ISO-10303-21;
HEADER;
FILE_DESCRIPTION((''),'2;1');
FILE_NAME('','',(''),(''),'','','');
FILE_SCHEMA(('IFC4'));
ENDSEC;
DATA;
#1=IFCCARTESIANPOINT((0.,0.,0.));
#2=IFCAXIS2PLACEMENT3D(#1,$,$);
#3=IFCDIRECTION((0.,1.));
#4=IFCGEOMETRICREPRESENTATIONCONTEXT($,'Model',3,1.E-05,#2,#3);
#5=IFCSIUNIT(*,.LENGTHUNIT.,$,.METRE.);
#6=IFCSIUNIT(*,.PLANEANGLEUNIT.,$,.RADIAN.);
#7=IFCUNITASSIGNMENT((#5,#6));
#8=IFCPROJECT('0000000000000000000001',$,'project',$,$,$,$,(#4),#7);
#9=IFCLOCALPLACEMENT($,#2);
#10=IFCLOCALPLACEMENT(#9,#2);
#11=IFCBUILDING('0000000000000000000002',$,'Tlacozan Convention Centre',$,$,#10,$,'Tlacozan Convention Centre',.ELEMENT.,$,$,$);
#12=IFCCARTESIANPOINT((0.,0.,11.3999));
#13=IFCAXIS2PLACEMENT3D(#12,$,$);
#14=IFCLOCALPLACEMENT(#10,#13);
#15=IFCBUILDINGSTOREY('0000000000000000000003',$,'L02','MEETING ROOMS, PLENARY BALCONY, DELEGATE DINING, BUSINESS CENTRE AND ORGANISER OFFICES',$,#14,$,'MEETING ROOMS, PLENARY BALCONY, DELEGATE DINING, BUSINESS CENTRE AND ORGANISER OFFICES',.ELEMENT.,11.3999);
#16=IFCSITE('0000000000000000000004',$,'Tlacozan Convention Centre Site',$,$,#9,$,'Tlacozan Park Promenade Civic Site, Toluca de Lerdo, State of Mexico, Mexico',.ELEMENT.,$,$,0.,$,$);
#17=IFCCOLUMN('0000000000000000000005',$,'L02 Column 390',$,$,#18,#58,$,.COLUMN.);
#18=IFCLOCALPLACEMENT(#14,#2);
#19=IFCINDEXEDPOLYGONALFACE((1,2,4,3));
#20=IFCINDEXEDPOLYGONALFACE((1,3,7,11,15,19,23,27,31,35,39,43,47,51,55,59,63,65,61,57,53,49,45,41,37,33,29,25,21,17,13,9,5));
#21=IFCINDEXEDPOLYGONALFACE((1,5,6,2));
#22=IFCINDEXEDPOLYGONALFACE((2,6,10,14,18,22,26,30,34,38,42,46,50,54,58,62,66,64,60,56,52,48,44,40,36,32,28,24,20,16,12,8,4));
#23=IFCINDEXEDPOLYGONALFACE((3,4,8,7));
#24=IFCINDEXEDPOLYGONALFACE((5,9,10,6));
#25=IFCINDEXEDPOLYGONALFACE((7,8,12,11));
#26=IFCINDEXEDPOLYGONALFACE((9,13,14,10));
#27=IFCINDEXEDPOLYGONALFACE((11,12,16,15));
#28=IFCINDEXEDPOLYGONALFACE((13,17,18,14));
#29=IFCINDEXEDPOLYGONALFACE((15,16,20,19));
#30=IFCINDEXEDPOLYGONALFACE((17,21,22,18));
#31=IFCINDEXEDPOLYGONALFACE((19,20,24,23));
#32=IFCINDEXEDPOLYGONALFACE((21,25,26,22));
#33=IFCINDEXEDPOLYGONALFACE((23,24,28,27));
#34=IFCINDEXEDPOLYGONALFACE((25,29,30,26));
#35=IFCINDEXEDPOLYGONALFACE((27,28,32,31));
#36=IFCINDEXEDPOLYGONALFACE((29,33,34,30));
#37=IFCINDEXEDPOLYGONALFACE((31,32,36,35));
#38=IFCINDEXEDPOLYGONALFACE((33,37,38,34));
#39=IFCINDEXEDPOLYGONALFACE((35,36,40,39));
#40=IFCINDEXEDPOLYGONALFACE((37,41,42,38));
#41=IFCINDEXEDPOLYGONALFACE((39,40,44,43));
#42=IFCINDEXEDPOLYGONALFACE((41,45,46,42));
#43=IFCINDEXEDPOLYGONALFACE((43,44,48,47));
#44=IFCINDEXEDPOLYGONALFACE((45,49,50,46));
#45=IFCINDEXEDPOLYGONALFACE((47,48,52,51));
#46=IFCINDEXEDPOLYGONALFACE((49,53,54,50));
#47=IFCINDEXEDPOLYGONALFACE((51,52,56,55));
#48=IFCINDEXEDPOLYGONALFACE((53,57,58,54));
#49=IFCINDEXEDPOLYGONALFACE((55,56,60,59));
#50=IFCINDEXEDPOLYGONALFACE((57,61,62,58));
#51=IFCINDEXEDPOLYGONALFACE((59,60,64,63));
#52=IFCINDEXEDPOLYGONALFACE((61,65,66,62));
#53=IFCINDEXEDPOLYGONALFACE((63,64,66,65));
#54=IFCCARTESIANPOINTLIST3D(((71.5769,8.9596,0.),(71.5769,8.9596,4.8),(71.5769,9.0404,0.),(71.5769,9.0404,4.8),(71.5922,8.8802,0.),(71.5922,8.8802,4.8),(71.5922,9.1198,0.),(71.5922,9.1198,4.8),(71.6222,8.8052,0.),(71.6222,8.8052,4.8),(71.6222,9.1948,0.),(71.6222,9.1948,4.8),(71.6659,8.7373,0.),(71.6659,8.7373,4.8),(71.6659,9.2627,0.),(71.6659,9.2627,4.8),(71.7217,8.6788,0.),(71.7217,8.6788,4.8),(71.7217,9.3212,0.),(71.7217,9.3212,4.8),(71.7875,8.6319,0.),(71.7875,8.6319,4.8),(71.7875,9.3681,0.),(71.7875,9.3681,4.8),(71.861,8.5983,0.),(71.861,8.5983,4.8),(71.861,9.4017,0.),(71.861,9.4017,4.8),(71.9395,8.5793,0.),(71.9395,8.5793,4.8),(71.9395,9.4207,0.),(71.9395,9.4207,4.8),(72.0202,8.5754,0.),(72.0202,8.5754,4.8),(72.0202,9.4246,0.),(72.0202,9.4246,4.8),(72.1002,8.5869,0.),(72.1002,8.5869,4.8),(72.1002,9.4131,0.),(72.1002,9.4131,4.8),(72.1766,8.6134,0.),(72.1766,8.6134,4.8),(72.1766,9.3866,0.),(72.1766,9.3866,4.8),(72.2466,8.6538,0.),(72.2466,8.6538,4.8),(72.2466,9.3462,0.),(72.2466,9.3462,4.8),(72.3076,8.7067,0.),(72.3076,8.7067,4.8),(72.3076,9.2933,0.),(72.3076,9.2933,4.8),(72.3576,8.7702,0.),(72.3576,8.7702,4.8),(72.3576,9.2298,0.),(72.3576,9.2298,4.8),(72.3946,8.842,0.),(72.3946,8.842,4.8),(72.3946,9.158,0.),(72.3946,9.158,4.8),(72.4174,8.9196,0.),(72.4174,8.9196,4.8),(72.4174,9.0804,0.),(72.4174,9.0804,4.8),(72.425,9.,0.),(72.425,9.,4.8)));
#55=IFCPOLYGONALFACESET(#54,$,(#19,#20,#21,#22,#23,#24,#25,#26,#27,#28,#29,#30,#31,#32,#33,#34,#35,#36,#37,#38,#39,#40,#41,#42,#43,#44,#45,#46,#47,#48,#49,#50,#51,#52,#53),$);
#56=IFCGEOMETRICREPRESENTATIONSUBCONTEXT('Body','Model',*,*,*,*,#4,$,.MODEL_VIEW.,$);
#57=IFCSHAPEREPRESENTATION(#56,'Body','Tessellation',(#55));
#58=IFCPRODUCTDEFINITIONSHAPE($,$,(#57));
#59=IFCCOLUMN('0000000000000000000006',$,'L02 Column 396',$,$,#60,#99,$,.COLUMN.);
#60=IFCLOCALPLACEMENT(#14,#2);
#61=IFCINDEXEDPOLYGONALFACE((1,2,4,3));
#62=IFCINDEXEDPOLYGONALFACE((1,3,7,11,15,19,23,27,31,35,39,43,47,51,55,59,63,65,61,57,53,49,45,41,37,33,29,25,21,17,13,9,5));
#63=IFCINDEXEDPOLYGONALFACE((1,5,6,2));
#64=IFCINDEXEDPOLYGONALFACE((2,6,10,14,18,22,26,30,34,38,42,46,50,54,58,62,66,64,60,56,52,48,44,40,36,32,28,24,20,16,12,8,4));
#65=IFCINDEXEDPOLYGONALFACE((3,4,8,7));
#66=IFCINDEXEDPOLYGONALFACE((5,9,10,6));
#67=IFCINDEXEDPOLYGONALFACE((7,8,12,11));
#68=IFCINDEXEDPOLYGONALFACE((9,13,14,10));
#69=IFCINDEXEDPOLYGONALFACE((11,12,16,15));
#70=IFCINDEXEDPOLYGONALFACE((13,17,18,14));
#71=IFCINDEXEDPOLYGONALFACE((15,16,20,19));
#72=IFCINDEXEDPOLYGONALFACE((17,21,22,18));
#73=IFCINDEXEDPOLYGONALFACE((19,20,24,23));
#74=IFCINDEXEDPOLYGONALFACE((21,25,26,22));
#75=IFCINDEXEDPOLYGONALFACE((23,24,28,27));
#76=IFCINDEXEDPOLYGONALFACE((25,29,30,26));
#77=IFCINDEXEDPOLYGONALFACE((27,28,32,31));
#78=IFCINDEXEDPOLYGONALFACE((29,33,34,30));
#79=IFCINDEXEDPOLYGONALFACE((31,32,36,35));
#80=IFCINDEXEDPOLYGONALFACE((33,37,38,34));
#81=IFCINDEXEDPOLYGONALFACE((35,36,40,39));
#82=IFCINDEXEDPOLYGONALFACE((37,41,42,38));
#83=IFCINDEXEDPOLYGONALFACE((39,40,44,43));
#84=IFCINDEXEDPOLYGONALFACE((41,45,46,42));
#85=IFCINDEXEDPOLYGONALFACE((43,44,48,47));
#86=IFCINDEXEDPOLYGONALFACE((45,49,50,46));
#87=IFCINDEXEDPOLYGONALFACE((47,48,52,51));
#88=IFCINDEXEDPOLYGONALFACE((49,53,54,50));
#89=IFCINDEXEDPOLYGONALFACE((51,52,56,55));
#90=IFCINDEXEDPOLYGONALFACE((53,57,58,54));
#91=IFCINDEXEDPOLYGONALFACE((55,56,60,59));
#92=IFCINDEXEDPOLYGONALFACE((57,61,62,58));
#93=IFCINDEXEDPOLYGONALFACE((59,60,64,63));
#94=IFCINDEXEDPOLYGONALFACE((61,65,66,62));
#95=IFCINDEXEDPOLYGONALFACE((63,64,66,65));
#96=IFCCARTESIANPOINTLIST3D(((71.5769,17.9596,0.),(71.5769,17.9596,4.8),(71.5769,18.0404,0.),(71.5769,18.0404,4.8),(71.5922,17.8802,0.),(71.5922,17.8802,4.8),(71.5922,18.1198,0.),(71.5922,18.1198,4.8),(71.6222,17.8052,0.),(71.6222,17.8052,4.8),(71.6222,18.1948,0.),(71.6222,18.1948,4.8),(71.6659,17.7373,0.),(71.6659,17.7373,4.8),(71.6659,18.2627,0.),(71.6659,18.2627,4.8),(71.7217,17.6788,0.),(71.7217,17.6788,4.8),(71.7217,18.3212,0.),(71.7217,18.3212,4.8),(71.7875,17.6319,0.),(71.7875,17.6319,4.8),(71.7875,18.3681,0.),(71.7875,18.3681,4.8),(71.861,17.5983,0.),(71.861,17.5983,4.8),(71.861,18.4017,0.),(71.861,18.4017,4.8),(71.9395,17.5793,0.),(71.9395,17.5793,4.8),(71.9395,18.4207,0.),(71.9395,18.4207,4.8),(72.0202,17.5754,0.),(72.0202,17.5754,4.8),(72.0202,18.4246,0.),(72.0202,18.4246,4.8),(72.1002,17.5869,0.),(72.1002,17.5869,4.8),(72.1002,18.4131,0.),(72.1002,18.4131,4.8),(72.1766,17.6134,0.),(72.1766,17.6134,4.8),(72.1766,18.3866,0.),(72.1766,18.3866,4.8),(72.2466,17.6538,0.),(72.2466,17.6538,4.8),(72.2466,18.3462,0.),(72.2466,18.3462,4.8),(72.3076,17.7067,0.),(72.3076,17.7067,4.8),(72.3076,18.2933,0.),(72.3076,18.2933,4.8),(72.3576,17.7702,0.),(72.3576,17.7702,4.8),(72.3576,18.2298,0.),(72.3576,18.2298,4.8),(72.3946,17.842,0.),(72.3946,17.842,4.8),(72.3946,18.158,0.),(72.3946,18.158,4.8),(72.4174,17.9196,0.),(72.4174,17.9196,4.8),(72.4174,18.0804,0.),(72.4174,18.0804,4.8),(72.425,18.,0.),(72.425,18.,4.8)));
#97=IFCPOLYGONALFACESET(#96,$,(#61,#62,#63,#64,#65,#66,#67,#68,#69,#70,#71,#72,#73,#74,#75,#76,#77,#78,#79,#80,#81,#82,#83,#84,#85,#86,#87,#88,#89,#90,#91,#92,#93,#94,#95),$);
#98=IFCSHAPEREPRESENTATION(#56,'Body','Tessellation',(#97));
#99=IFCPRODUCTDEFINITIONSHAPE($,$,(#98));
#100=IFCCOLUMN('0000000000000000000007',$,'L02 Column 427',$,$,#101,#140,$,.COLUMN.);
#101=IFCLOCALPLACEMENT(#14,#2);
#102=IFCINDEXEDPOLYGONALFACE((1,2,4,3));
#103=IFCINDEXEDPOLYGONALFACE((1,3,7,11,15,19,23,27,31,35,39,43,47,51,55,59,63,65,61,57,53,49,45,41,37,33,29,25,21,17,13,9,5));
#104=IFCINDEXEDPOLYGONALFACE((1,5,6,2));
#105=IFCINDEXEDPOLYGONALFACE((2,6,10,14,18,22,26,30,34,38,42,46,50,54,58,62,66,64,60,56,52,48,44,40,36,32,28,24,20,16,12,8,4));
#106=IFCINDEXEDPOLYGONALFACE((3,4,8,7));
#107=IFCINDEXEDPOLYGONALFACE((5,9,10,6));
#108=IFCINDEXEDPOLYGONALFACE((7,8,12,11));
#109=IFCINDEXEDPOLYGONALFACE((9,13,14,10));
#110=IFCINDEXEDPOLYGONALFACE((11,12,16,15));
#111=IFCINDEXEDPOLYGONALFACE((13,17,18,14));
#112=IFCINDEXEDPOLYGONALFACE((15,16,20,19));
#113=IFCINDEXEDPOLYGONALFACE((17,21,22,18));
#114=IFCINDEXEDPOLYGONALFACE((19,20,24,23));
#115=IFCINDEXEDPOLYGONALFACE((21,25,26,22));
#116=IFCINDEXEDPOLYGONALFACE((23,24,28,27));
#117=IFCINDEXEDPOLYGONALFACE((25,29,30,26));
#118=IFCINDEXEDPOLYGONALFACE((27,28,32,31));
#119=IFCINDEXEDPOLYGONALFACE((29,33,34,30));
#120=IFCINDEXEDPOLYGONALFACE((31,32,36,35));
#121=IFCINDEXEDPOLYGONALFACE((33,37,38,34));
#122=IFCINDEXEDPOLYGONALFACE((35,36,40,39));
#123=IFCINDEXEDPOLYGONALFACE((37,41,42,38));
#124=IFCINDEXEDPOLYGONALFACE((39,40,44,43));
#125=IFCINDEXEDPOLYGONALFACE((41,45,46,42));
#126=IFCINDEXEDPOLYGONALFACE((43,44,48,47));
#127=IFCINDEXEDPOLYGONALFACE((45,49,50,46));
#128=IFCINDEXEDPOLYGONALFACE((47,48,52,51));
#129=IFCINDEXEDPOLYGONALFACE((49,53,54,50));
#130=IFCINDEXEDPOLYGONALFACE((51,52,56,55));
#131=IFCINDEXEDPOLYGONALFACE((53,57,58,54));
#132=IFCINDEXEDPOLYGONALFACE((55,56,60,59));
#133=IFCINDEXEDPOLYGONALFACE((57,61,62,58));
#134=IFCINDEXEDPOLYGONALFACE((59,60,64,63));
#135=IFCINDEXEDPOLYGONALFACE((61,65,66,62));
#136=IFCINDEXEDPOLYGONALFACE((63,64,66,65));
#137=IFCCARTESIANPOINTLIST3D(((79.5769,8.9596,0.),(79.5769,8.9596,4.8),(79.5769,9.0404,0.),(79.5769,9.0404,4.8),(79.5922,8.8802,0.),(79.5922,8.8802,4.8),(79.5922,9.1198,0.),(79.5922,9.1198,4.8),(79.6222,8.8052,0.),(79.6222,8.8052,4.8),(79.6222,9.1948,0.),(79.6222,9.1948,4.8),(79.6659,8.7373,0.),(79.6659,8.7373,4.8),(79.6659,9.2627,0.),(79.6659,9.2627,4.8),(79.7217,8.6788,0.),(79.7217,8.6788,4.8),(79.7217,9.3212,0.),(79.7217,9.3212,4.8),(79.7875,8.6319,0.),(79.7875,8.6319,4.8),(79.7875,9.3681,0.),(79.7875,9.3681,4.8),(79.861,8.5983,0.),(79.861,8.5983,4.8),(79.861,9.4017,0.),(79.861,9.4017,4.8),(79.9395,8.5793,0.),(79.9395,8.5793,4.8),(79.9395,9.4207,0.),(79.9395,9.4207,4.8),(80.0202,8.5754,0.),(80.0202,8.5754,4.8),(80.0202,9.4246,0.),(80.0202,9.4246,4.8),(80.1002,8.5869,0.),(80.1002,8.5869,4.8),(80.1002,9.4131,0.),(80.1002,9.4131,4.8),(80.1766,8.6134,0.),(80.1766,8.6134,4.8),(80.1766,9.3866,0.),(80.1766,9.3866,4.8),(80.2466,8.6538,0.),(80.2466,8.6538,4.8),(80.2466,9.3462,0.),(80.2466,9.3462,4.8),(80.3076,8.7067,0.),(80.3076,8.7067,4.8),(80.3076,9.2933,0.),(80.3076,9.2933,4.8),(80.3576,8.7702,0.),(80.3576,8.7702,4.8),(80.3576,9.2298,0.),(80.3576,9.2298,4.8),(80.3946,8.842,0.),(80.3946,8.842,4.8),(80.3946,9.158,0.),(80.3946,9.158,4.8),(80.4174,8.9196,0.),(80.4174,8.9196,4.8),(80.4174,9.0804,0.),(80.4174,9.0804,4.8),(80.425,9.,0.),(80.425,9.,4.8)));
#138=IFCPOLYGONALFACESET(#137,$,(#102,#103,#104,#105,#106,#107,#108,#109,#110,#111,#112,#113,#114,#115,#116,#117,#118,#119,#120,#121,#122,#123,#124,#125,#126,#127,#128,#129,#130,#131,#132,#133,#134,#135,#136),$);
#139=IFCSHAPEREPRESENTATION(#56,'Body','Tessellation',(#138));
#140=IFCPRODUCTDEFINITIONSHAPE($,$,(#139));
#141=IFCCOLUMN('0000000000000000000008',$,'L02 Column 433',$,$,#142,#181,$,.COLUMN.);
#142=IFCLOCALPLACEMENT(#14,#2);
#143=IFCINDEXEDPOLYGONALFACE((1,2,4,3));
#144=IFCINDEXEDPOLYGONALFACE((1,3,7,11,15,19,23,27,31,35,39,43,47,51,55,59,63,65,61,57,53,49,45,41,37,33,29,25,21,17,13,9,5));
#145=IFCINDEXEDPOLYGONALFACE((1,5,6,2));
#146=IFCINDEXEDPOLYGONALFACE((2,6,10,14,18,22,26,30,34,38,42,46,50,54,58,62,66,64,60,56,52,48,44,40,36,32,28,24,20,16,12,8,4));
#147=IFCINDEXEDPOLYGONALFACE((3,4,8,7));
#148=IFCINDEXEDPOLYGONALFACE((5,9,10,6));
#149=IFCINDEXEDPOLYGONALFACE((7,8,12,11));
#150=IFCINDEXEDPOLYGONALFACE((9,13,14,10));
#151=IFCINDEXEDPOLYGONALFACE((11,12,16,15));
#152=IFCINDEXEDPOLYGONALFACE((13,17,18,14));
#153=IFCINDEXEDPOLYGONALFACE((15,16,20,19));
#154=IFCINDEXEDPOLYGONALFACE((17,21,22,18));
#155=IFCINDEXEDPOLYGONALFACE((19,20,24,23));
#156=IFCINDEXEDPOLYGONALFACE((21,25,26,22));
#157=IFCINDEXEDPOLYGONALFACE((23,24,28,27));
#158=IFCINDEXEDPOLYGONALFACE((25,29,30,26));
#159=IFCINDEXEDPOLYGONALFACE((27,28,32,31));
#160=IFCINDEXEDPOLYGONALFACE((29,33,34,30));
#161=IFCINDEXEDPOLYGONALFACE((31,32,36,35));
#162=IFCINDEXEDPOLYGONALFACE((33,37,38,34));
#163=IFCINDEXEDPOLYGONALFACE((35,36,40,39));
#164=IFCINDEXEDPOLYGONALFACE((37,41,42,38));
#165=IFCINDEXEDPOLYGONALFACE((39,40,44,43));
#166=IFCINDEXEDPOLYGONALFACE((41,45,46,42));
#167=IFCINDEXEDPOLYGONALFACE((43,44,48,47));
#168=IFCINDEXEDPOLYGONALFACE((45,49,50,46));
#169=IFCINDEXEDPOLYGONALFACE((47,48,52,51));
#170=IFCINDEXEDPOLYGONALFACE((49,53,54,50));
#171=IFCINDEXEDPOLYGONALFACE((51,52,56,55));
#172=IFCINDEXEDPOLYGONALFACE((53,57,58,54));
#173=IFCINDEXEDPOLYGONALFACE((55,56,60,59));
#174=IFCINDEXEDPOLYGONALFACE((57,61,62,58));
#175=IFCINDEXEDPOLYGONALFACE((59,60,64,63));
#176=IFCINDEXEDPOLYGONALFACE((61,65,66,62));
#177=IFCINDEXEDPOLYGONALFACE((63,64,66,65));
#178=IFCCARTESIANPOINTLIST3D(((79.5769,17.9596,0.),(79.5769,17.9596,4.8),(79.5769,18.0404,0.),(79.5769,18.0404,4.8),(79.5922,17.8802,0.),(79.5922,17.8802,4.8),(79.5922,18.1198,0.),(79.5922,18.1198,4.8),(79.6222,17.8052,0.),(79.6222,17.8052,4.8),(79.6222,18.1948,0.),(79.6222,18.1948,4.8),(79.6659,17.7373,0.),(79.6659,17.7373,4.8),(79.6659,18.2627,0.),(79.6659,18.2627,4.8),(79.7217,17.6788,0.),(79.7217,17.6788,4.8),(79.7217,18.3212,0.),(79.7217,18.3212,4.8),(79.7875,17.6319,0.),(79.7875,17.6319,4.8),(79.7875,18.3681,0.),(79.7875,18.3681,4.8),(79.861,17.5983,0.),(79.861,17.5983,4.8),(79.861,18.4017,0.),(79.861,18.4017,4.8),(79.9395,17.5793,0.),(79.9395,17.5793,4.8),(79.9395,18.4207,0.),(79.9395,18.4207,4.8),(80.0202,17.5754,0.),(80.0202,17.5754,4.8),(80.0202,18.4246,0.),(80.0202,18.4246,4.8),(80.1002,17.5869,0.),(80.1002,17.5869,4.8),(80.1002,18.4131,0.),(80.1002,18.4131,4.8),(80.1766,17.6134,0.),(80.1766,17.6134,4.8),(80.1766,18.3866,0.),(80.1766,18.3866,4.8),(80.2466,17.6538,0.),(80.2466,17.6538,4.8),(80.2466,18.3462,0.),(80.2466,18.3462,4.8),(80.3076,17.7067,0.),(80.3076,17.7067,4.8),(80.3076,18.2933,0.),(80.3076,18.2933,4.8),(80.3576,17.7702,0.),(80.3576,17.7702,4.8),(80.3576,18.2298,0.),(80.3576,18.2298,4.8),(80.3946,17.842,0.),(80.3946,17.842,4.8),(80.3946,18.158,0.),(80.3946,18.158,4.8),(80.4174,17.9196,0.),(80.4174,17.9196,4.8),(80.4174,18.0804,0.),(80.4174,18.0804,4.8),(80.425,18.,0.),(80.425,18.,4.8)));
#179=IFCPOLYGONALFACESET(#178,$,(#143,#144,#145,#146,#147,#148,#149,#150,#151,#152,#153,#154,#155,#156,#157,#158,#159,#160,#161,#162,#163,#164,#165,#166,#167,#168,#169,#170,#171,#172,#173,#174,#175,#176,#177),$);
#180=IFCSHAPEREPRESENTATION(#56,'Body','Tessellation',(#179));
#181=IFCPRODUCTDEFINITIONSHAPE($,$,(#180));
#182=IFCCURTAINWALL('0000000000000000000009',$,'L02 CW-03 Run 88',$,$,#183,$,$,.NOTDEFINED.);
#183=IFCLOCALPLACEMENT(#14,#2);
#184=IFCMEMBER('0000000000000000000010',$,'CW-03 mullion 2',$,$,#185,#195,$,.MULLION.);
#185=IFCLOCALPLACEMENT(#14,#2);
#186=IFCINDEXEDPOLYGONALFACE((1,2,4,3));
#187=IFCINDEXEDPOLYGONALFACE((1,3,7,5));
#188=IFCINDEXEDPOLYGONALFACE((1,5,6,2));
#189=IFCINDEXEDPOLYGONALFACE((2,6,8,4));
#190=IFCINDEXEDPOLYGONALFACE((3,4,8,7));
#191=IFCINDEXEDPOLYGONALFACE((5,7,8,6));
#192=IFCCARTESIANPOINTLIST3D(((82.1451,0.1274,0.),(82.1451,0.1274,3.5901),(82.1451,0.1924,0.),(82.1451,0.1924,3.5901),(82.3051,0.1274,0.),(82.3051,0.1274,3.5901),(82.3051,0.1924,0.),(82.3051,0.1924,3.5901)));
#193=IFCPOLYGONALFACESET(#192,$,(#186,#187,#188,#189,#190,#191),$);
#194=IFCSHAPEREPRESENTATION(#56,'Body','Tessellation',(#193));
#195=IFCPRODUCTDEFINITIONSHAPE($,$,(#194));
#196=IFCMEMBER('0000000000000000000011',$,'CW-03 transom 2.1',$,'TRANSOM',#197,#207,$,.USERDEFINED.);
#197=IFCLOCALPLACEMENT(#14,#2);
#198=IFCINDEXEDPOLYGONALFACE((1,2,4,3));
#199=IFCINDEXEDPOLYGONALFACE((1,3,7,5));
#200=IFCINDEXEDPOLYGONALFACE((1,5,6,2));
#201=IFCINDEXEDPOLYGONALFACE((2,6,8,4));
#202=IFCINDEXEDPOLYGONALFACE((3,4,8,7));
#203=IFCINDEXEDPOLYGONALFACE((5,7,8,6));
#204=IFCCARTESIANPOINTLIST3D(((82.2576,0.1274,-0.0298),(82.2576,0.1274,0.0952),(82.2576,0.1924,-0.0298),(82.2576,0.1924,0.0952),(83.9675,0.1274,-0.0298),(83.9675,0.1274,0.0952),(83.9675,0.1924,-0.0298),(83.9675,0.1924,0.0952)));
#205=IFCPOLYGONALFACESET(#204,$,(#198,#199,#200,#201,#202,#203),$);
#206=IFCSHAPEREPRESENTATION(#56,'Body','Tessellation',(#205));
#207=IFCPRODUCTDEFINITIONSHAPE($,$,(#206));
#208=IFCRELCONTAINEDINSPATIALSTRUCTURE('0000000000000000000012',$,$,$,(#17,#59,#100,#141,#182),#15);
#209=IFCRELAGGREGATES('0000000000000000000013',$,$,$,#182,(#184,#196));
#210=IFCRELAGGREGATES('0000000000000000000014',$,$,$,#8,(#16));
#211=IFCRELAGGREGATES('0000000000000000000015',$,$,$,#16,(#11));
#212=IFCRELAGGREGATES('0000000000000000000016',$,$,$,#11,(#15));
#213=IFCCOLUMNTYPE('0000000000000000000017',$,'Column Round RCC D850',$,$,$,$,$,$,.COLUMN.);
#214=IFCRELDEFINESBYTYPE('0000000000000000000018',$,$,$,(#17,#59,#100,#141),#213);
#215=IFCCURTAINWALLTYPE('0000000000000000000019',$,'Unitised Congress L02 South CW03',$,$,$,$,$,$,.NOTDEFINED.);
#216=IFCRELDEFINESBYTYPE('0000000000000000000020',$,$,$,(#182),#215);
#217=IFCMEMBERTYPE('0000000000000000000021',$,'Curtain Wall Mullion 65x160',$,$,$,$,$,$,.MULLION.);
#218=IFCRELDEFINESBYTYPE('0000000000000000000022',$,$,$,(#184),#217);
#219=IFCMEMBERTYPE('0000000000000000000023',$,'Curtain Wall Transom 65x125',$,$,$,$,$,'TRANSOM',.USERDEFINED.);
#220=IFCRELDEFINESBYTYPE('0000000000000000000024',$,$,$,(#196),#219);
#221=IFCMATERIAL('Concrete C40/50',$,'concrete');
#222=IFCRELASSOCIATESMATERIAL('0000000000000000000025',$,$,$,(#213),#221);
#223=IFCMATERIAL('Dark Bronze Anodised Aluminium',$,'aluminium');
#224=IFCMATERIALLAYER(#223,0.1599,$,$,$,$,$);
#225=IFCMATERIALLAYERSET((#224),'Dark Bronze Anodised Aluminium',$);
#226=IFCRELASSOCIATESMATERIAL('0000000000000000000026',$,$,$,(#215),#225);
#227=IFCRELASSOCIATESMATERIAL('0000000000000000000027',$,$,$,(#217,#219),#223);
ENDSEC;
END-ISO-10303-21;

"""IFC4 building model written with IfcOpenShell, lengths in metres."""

from ifc_helpers import new_model, si_unit, direction, frame, origin, origin_2d, place, context, subcontext, project, spatial, rectangle, circle, extrude, material, layer, layer_set, material_profile, profile_set, type_object, element, aggregate, save


model = new_model("IFC4")

# Units and contexts
model_context = context("Model", 3, precision=1e-05, world=origin(), true_north=direction((0.0, 1.0)))
body_context = subcontext(model_context, "Body", "Model", "MODEL_VIEW")
ifc_project = project(units=[si_unit("LENGTHUNIT", "METRE"), si_unit("PLANEANGLEUNIT", "RADIAN")], contexts=[model_context])

# Site, building, storey
site_placement = place(None, origin())
site = spatial("IfcSite", under=ifc_project, at=site_placement, Name="Tlacozan Convention Centre Site", LongName="Tlacozan Park Promenade Civic Site, Toluca de Lerdo, State of Mexico, Mexico", CompositionType="ELEMENT", RefElevation=0.0)
building_placement = place(site_placement, origin())
building = spatial("IfcBuilding", under=site, at=building_placement, Name="Tlacozan Convention Centre", LongName="Tlacozan Convention Centre", CompositionType="ELEMENT")
storey_placement = place(building_placement, frame((0.0, 0.0, 11.3999)))
storey = spatial("IfcBuildingStorey", under=building, at=storey_placement, Name="L02", Description="MEETING ROOMS, PLENARY BALCONY, DELEGATE DINING, BUSINESS CENTRE AND ORGANISER OFFICES", LongName="MEETING ROOMS, PLENARY BALCONY, DELEGATE DINING, BUSINESS CENTRE AND ORGANISER OFFICES", CompositionType="ELEMENT", Elevation=11.3999)

# Columns
ifc_material_1 = material(Name="Concrete C40/50", Category="concrete")
ifc_material_profile_1 = material_profile(ifc_material_1, circle(Radius=0.425, at=origin_2d()), Name="RCC D850")
ifc_profile_set_1 = profile_set([ifc_material_profile_1], Name="Concrete C40/50")
column_type = type_object("IfcColumnType", Name="Column Round RCC D850", PredefinedType="COLUMN", material=ifc_profile_set_1)
for number, where, z_axis, x_axis, name in (
    (1, (72.0, 9.0, 0.0), (0.0, 0.0, 1.0), (1.0, 0.0, 0.0), "L02 Column 390"),
    (2, (72.0, 18.0, 0.0), (0.0, 0.0, 1.0), (1.0, 0.0, 0.0), "L02 Column 396"),
    (3, (80.0, 9.0, 0.0), (0.0, 0.0, 1.0), (1.0, 0.0, 0.0), "L02 Column 427"),
    (4, (80.0, 18.0, 0.0), (0.0, 0.0, 1.0), (1.0, 0.0, 0.0), "L02 Column 433"),
):
    element("IfcColumn", number, at=place(storey_placement, frame(where, z_axis=z_axis, x_axis=x_axis)), inside=storey, type_object=column_type, Name=name, PredefinedType="COLUMN", context=body_context, shape_type="SweptSolid", body=[
        extrude(circle(Radius=0.425, at=origin_2d()), origin(), (0.0, 0.0, 1.0), 4.8),
    ])

# Curtain wall, members
ifc_material_2 = material(Name="Dark Bronze Anodised Aluminium", Category="aluminium")
ifc_layer_1 = layer(ifc_material_2, 0.1599)
ifc_layer_set_1 = layer_set([ifc_layer_1], Name="Dark Bronze Anodised Aluminium")
curtain_wall_type = type_object("IfcCurtainWallType", Name="Unitised Congress L02 South CW03", PredefinedType="NOTDEFINED", material=ifc_layer_set_1)
curtain_wall_placement = place(storey_placement, origin())
curtain_wall = element("IfcCurtainWall", 5, at=curtain_wall_placement, inside=storey, type_object=curtain_wall_type, Name="L02 CW-03 Run 88", PredefinedType="NOTDEFINED")
ifc_material_profile_2 = material_profile(ifc_material_2, rectangle(XDim=0.0649, YDim=0.1599, at=origin_2d()), Name="ALU 65x160")
ifc_profile_set_2 = profile_set([ifc_material_profile_2], Name="Dark Bronze Anodised Aluminium")
member_type_1 = type_object("IfcMemberType", Name="Curtain Wall Mullion 65x160", PredefinedType="MULLION", material=ifc_profile_set_2)
member_1_placement = place(storey_placement, frame((82.2251, 0.1599, 0.0), z_axis=(0.0, 0.0, 1.0), x_axis=(0.0, 1.0, 0.0)))
member_1 = element("IfcMember", 6, at=member_1_placement, type_object=member_type_1, Name="CW-03 mullion 2", PredefinedType="MULLION", context=body_context, shape_type="SweptSolid", body=[
    extrude(rectangle(XDim=0.0649, YDim=0.1599, at=origin_2d()), origin(), (0.0, 0.0, 1.0), 3.5901),
])
ifc_material_profile_3 = material_profile(ifc_material_2, rectangle(XDim=0.0649, YDim=0.125, at=origin_2d()), Name="ALU 65x125")
ifc_profile_set_3 = profile_set([ifc_material_profile_3], Name="Dark Bronze Anodised Aluminium")
member_type_2 = type_object("IfcMemberType", Name="Curtain Wall Transom 65x125", ElementType="TRANSOM", PredefinedType="USERDEFINED", material=ifc_profile_set_3)
member_2_placement = place(storey_placement, frame((82.2576, 0.1599, 0.0327), z_axis=(1.0, 0.0, 0.0), x_axis=(0.0, 1.0, 0.0)))
member_2 = element("IfcMember", 7, at=member_2_placement, type_object=member_type_2, Name="CW-03 transom 2.1", ObjectType="TRANSOM", PredefinedType="USERDEFINED", context=body_context, shape_type="SweptSolid", body=[
    extrude(rectangle(XDim=0.0649, YDim=0.125, at=origin_2d()), origin(), (0.0, 0.0, 1.0), 1.71),
])

aggregate(curtain_wall, [member_1, member_2])

save(model, "model.ifc")
